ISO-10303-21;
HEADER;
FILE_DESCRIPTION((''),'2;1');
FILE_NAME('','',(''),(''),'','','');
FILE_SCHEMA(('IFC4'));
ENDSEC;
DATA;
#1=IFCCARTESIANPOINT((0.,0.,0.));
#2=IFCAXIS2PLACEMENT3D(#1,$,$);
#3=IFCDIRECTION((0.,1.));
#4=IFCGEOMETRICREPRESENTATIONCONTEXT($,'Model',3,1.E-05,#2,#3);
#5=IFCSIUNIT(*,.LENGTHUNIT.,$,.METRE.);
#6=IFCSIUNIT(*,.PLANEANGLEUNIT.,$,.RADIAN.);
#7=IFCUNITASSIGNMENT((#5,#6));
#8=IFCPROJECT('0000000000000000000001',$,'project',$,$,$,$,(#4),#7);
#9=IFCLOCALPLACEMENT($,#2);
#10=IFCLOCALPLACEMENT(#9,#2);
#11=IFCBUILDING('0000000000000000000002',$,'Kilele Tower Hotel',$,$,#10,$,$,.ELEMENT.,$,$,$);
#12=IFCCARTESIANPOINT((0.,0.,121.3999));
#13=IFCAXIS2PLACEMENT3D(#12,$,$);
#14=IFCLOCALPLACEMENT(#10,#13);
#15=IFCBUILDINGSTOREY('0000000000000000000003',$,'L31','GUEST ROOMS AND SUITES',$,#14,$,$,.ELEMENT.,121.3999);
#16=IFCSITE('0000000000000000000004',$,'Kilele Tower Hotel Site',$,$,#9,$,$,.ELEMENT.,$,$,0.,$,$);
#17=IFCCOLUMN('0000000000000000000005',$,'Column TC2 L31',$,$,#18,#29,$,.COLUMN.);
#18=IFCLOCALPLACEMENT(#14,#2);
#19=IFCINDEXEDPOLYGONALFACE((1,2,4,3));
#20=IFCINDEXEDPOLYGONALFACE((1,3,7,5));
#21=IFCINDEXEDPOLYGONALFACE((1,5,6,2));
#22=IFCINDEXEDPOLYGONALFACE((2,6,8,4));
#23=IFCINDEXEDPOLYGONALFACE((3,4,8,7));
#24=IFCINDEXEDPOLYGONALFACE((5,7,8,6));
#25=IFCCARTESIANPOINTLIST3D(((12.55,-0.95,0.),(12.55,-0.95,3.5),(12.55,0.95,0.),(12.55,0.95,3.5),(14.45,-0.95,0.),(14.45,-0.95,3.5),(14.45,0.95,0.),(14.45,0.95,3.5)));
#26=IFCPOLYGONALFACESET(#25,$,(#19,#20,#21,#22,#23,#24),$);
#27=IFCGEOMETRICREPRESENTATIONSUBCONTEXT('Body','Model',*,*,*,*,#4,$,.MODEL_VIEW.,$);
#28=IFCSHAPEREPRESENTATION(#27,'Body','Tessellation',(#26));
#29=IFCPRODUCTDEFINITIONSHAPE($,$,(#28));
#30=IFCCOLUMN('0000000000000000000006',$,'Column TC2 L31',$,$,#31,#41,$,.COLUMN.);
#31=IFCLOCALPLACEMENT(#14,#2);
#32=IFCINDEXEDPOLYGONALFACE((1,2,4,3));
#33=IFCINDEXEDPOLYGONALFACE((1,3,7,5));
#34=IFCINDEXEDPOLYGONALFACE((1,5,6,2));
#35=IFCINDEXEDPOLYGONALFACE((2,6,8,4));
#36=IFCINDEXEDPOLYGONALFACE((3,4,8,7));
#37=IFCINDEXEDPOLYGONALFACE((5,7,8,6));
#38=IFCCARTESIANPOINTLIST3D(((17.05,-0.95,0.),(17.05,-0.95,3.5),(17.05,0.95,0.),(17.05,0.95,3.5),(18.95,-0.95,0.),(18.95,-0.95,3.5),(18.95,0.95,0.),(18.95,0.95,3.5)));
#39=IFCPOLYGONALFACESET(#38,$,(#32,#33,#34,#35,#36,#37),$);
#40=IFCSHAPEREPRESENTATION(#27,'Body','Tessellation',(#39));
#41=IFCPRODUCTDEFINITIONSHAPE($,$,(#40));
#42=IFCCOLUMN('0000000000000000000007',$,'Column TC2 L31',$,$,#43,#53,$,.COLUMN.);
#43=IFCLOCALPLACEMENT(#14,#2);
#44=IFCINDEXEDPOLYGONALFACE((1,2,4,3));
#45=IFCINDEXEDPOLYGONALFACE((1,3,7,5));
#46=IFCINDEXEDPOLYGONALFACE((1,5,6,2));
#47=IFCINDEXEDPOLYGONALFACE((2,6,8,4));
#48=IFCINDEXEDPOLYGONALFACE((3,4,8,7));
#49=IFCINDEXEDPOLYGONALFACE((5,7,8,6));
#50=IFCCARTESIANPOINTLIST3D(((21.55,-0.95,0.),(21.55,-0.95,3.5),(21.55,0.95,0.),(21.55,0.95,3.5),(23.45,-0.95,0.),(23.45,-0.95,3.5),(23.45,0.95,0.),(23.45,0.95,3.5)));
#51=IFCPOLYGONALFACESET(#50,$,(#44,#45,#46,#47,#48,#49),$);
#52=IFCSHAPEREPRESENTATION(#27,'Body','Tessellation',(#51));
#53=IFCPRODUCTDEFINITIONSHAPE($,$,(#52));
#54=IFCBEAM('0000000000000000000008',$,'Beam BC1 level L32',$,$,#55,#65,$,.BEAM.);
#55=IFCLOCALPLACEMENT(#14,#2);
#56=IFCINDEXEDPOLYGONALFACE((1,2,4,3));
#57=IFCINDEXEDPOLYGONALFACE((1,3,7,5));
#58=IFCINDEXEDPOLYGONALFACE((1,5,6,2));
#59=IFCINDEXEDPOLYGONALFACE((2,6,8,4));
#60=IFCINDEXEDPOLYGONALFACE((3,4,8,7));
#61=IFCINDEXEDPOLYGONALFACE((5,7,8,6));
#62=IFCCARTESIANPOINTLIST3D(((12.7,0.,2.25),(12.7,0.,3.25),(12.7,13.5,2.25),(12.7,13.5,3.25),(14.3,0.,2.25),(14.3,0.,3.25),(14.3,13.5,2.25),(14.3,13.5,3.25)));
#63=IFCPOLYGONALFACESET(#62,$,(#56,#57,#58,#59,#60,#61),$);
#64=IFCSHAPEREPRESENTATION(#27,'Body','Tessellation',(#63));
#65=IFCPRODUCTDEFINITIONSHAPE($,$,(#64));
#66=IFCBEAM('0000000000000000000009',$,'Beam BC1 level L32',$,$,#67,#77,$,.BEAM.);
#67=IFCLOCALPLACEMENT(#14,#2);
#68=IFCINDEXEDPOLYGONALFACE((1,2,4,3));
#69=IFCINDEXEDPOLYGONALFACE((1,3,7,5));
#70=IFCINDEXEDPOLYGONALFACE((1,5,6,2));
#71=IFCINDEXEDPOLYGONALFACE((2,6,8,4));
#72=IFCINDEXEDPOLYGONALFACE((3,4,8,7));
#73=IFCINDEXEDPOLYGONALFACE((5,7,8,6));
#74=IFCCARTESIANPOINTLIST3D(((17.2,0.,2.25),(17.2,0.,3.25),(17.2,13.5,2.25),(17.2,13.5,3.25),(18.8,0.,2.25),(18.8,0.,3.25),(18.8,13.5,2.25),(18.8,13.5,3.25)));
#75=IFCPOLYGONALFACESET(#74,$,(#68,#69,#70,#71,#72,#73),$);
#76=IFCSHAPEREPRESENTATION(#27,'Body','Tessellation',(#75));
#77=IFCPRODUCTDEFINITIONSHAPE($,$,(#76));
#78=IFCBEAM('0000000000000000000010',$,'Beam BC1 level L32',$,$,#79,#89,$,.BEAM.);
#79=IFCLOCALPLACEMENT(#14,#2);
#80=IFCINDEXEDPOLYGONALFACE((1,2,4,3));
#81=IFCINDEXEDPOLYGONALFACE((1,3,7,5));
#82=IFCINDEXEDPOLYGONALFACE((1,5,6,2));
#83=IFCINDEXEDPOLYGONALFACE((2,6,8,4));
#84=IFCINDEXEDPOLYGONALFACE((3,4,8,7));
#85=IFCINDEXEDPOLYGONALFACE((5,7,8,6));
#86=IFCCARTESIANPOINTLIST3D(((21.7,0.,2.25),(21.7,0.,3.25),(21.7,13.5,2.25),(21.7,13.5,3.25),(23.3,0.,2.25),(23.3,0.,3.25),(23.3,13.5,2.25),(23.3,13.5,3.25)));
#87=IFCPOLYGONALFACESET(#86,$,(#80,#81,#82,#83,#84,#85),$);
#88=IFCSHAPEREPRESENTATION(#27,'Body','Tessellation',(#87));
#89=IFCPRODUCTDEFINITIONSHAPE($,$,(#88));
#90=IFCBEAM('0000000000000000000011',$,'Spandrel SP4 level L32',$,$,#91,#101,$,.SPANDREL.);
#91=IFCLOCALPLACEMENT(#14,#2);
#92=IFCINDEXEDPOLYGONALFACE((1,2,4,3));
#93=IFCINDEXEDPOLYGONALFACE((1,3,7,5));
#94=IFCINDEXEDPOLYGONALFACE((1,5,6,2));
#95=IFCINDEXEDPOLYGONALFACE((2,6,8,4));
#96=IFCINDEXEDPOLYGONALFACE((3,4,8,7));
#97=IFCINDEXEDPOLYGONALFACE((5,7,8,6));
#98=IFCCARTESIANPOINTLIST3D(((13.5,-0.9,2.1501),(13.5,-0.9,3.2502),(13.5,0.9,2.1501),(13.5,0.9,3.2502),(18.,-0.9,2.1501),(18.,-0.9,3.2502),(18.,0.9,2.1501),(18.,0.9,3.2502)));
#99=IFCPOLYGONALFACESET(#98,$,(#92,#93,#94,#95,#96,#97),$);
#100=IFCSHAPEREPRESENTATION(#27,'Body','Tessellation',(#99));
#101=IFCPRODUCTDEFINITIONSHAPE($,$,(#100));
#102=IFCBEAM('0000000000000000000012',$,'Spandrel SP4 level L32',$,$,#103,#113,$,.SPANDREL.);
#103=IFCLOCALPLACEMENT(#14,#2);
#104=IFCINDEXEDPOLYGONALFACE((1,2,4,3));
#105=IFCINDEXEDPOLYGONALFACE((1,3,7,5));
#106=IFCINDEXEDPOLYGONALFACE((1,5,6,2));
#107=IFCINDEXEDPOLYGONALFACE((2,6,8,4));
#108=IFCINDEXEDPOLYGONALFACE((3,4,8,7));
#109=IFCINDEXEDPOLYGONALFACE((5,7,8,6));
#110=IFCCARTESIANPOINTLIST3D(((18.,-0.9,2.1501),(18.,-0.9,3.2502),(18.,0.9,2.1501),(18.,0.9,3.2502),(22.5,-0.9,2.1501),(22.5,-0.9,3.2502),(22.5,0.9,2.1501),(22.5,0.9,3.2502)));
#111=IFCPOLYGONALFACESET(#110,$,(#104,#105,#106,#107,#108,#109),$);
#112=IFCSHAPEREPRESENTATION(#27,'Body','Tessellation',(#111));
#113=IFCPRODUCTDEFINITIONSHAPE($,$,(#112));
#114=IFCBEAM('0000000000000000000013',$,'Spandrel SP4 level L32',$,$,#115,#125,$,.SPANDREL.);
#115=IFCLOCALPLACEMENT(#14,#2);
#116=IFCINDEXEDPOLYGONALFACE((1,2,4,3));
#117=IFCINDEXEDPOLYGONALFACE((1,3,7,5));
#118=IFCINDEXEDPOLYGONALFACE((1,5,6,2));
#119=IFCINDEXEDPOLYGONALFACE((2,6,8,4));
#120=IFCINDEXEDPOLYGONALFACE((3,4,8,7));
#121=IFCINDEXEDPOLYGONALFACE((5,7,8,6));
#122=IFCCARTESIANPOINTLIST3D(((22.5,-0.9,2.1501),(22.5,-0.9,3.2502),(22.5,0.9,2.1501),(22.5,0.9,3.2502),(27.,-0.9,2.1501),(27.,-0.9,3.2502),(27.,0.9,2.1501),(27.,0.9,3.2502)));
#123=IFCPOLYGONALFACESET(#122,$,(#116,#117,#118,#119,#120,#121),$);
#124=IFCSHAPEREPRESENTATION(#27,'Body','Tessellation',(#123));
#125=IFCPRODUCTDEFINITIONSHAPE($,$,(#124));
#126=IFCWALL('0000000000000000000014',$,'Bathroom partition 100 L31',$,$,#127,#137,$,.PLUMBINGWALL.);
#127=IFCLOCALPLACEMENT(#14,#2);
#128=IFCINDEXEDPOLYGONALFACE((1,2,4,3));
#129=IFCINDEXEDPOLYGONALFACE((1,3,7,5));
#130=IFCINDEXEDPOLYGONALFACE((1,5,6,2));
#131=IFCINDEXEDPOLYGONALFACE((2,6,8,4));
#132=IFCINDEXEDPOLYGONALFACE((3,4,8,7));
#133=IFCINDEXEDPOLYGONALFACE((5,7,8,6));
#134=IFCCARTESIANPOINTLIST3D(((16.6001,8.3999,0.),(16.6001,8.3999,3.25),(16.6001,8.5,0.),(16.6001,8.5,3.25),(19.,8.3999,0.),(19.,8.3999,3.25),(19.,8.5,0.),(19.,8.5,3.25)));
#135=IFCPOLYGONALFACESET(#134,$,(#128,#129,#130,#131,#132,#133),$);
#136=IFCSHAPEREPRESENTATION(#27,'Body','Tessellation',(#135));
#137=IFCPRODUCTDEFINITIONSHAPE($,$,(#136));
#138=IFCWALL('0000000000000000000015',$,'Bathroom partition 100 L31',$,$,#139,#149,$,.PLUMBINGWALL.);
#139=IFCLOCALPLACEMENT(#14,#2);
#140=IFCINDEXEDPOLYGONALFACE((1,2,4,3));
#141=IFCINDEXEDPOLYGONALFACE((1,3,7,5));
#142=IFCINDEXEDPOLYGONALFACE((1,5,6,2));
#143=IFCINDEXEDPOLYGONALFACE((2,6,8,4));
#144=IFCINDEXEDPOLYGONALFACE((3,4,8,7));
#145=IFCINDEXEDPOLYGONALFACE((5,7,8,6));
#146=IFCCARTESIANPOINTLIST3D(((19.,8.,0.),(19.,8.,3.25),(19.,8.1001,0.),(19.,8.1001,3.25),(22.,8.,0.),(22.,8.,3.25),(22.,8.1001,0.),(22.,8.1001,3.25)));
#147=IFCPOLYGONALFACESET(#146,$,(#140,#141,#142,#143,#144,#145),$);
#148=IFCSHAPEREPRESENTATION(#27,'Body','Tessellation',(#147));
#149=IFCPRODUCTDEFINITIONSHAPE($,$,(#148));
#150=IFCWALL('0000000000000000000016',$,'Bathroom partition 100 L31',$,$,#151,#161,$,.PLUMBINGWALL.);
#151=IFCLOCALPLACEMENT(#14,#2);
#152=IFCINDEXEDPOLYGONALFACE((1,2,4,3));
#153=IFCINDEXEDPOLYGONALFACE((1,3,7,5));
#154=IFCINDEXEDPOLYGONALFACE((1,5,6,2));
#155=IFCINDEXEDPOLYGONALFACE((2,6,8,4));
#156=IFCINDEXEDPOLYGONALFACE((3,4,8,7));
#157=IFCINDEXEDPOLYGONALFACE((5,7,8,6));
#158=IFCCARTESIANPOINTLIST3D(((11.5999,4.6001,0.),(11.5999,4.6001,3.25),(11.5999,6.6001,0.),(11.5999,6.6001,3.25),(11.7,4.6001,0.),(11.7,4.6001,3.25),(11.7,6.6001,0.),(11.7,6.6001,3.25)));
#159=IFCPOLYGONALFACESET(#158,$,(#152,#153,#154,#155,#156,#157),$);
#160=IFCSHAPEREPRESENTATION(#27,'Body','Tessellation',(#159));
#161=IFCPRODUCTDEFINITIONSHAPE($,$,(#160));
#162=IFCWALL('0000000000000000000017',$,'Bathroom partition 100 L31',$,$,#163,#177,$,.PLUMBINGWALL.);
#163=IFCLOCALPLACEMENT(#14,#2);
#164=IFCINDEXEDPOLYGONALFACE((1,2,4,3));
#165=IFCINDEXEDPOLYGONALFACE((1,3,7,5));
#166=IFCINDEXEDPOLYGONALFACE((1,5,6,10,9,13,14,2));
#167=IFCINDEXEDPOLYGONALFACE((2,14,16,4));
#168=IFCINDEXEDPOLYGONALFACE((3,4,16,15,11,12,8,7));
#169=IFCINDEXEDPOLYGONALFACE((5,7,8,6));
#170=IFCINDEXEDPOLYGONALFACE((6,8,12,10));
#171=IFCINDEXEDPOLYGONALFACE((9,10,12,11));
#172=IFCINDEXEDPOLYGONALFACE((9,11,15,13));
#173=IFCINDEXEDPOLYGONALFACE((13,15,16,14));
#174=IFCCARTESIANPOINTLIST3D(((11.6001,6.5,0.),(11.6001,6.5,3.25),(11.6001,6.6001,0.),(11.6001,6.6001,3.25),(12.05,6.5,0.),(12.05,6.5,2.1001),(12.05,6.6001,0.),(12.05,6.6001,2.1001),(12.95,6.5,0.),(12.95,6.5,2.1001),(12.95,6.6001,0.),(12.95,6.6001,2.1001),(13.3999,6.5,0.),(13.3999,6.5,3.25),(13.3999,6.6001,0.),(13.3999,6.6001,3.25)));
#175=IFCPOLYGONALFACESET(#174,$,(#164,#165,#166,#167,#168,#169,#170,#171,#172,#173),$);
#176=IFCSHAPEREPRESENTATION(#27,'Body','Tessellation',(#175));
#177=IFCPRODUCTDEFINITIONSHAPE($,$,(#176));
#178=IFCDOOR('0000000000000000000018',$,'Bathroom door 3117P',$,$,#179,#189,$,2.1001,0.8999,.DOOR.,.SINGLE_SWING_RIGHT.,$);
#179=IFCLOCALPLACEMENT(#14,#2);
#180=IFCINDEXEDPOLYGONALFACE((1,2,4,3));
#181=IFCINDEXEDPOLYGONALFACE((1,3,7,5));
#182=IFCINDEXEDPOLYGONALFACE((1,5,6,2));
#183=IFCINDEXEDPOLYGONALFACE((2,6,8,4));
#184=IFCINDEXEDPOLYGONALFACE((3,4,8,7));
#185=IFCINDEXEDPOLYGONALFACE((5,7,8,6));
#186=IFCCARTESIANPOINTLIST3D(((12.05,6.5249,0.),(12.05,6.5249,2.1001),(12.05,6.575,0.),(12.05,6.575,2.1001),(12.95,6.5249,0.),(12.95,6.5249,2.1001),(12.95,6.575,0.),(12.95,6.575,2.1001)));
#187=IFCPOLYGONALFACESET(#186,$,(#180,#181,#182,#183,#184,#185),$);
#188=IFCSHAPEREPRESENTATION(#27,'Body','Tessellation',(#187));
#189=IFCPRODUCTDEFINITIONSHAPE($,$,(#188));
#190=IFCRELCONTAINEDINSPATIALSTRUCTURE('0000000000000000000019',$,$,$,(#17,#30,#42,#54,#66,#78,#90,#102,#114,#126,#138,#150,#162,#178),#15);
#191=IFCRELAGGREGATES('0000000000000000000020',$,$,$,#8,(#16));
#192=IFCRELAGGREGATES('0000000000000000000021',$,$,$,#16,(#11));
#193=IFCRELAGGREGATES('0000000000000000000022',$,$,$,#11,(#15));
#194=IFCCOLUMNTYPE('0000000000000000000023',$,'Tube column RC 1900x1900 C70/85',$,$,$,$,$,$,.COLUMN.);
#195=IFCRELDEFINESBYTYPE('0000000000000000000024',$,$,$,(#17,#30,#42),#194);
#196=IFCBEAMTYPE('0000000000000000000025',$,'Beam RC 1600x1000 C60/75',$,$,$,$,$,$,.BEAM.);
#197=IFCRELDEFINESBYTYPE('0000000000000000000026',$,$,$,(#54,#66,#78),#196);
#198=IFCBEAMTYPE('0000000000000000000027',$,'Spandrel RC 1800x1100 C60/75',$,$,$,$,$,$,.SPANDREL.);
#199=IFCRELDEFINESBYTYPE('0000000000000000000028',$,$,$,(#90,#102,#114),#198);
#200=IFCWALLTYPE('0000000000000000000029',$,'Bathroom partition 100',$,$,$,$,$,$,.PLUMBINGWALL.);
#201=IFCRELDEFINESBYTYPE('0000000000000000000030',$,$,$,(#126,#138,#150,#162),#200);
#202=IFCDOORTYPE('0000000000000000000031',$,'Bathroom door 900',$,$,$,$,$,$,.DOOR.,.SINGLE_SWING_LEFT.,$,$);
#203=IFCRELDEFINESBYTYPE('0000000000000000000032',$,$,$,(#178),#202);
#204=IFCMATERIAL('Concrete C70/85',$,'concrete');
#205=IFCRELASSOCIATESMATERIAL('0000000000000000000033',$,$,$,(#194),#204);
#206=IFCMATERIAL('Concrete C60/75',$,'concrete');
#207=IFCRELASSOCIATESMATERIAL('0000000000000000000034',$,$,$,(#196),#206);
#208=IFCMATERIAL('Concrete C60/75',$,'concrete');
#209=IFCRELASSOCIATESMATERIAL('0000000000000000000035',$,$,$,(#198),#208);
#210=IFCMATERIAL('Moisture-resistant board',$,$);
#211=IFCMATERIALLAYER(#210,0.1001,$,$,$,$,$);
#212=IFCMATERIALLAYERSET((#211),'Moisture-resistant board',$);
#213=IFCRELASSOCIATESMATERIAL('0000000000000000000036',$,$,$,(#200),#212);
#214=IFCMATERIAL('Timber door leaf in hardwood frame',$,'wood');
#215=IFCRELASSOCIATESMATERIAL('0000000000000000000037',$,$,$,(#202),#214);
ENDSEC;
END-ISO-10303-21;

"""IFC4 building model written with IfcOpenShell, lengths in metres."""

from ifc_helpers import new_model, si_unit, direction, frame, frame_2d, origin, origin_2d, place, context, subcontext, project, spatial, rectangle, extrude, material, layer, layer_set, material_profile, profile_set, type_object, element, fill, save


model = new_model("IFC4")

# Units and contexts
model_context = context("Model", 3, precision=1e-05, world=origin(), true_north=direction((0.0, 1.0)))
body_context = subcontext(model_context, "Body", "Model", "MODEL_VIEW")
ifc_project = project(units=[si_unit("LENGTHUNIT", "METRE"), si_unit("PLANEANGLEUNIT", "RADIAN")], contexts=[model_context])

# Site, building, storey
site_placement = place(None, origin())
site = spatial("IfcSite", under=ifc_project, at=site_placement, Name="Kilele Tower Hotel Site", CompositionType="ELEMENT", RefElevation=0.0)
building_placement = place(site_placement, origin())
building = spatial("IfcBuilding", under=site, at=building_placement, Name="Kilele Tower Hotel", CompositionType="ELEMENT")
storey_placement = place(building_placement, frame((0.0, 0.0, 121.3999)))
storey = spatial("IfcBuildingStorey", under=building, at=storey_placement, Name="L31", Description="GUEST ROOMS AND SUITES", CompositionType="ELEMENT", Elevation=121.3999)

# Columns
ifc_material_1 = material(Name="Concrete C70/85", Category="concrete")
ifc_material_profile_1 = material_profile(ifc_material_1, rectangle(XDim=1.8999, YDim=1.8999, at=origin_2d()))
ifc_profile_set_1 = profile_set([ifc_material_profile_1], Name="Concrete C70/85")
column_type = type_object("IfcColumnType", Name="Tube column RC 1900x1900 C70/85", PredefinedType="COLUMN", material=ifc_profile_set_1)
for number, where, z_axis, x_axis, name in (
    (1, (13.5, 0.0, 0.0), (0.0, 0.0, 1.0), (1.0, 0.0, 0.0), "Column TC2 L31"),
    (2, (18.0, 0.0, 0.0), (0.0, 0.0, 1.0), (1.0, 0.0, 0.0), "Column TC2 L31"),
    (3, (22.5, 0.0, 0.0), (0.0, 0.0, 1.0), (1.0, 0.0, 0.0), "Column TC2 L31"),
):
    element("IfcColumn", number, at=place(storey_placement, frame(where, z_axis=z_axis, x_axis=x_axis)), inside=storey, type_object=column_type, Name=name, PredefinedType="COLUMN", context=body_context, shape_type="SweptSolid", body=[
        extrude(rectangle(XDim=1.8999, YDim=1.8999, at=origin_2d()), origin(), (0.0, 0.0, 1.0), 3.5),
    ])

# Beams
ifc_material_2 = material(Name="Concrete C60/75", Category="concrete")
ifc_material_profile_2 = material_profile(ifc_material_2, rectangle(XDim=1.6001, YDim=1.0, at=origin_2d()))
ifc_profile_set_2 = profile_set([ifc_material_profile_2], Name="Concrete C60/75")
beam_type_1 = type_object("IfcBeamType", Name="Beam RC 1600x1000 C60/75", PredefinedType="BEAM", material=ifc_profile_set_2)
for number, where, z_axis, x_axis, name in (
    (4, (13.5, 0.0, 2.75), (0.0, 1.0, 0.0), (-1.0, 0.0, 0.0), "Beam BC1 level L32"),
    (5, (18.0, 0.0, 2.75), (0.0, 1.0, 0.0), (-1.0, 0.0, 0.0), "Beam BC1 level L32"),
    (6, (22.5, 0.0, 2.75), (0.0, 1.0, 0.0), (-1.0, 0.0, 0.0), "Beam BC1 level L32"),
):
    element("IfcBeam", number, at=place(storey_placement, frame(where, z_axis=z_axis, x_axis=x_axis)), inside=storey, type_object=beam_type_1, Name=name, PredefinedType="BEAM", context=body_context, shape_type="SweptSolid", body=[
        extrude(rectangle(XDim=1.6001, YDim=1.0, at=origin_2d()), origin(), (0.0, 0.0, 1.0), 13.5),
    ])
ifc_material_3 = material(Name="Concrete C60/75", Category="concrete")
ifc_material_profile_3 = material_profile(ifc_material_3, rectangle(XDim=1.8, YDim=1.1001, at=origin_2d()))
ifc_profile_set_3 = profile_set([ifc_material_profile_3], Name="Concrete C60/75")
beam_type_2 = type_object("IfcBeamType", Name="Spandrel RC 1800x1100 C60/75", PredefinedType="SPANDREL", material=ifc_profile_set_3)
for number, where, z_axis, x_axis, name in (
    (7, (13.5, 0.0, 2.7002), (1.0, 0.0, 0.0), (0.0, 1.0, 0.0), "Spandrel SP4 level L32"),
    (8, (18.0, 0.0, 2.7002), (1.0, 0.0, 0.0), (0.0, 1.0, 0.0), "Spandrel SP4 level L32"),
    (9, (22.5, 0.0, 2.7002), (1.0, 0.0, 0.0), (0.0, 1.0, 0.0), "Spandrel SP4 level L32"),
):
    element("IfcBeam", number, at=place(storey_placement, frame(where, z_axis=z_axis, x_axis=x_axis)), inside=storey, type_object=beam_type_2, Name=name, PredefinedType="SPANDREL", context=body_context, shape_type="SweptSolid", body=[
        extrude(rectangle(XDim=1.8, YDim=1.1001, at=origin_2d()), origin(), (0.0, 0.0, 1.0), 4.5),
    ])

# Walls
ifc_material_4 = material(Name="Moisture-resistant board")
ifc_layer_1 = layer(ifc_material_4, 0.1001)
ifc_layer_set_1 = layer_set([ifc_layer_1], Name="Moisture-resistant board")
wall_type_1 = type_object("IfcWallType", Name="Bathroom partition 100", PredefinedType="PLUMBINGWALL", material=ifc_layer_set_1)
wall_1_placement = place(storey_placement, frame((16.6001, 8.45, 0.0), z_axis=(0.0, 0.0, 1.0), x_axis=(1.0, 0.0, 0.0)))
element("IfcWall", 10, at=wall_1_placement, inside=storey, type_object=wall_type_1, Name="Bathroom partition 100 L31", PredefinedType="PLUMBINGWALL", context=body_context, shape_type="SweptSolid", body=[
    extrude(rectangle(XDim=2.3999, YDim=0.1001, at=frame_2d((1.2, 0.0))), origin(), (0.0, 0.0, 1.0), 3.25),
])
wall_2_placement = place(storey_placement, frame((19.0, 8.05, 0.0), z_axis=(0.0, 0.0, 1.0), x_axis=(1.0, 0.0, 0.0)))
element("IfcWall", 11, at=wall_2_placement, inside=storey, type_object=wall_type_1, Name="Bathroom partition 100 L31", PredefinedType="PLUMBINGWALL", context=body_context, shape_type="SweptSolid", body=[
    extrude(rectangle(XDim=3.0, YDim=0.1001, at=frame_2d((1.5, 0.0))), origin(), (0.0, 0.0, 1.0), 3.25),
])
wall_3_placement = place(storey_placement, frame((11.6499, 4.6001, 0.0), z_axis=(0.0, 0.0, 1.0), x_axis=(0.0, 1.0, 0.0)))
element("IfcWall", 12, at=wall_3_placement, inside=storey, type_object=wall_type_1, Name="Bathroom partition 100 L31", PredefinedType="PLUMBINGWALL", context=body_context, shape_type="SweptSolid", body=[
    extrude(rectangle(XDim=2.0, YDim=0.1001, at=frame_2d((1.0, 0.0))), origin(), (0.0, 0.0, 1.0), 3.25),
])

# Wall, opening, door
wall_4_placement = place(storey_placement, frame((13.3999, 6.55, 0.0), z_axis=(0.0, 0.0, 1.0), x_axis=(-1.0, 0.0, 0.0)))
wall_4 = element("IfcWall", 13, at=wall_4_placement, inside=storey, type_object=wall_type_1, Name="Bathroom partition 100 L31", PredefinedType="PLUMBINGWALL", context=body_context, shape_type="SweptSolid", body=[
    extrude(rectangle(XDim=1.7998, YDim=0.1001, at=frame_2d((0.8999, 0.0))), origin(), (0.0, 0.0, 1.0), 3.25),
])
opening_1_placement = place(wall_4_placement, frame((1.3499, 0.0, 0.0), z_axis=(0.0, 0.0, 1.0), x_axis=(-1.0, 0.0, 0.0)))
opening_1 = element("IfcOpeningElement", 14, at=opening_1_placement, cuts=wall_4, PredefinedType="OPENING", context=body_context, shape_type="SweptSolid", body=[
    extrude(rectangle(XDim=0.8999, YDim=2.1001, at=frame_2d((0.45, 1.05))), frame((0.0, 0.0601, 0.0), z_axis=(0.0, -1.0, 0.0), x_axis=(1.0, 0.0, 0.0)), (0.0, 0.0, 1.0), 0.1201),
])
ifc_material_5 = material(Name="Timber door leaf in hardwood frame", Category="wood")
door_type_1 = type_object("IfcDoorType", Name="Bathroom door 900", OperationType="SINGLE_SWING_LEFT", PredefinedType="DOOR", material=ifc_material_5)
door_1_placement = place(opening_1_placement, origin())
door_1 = element("IfcDoor", 15, at=door_1_placement, inside=storey, type_object=door_type_1, Name="Bathroom door 3117P", OperationType="SINGLE_SWING_RIGHT", OverallHeight=2.1001, OverallWidth=0.8999, PredefinedType="DOOR", context=body_context, shape_type="SweptSolid", body=[
    extrude(rectangle(XDim=0.8999, YDim=2.1001, at=frame_2d((0.45, 1.05))), frame((0.0, 0.0249, 0.0), z_axis=(0.0, -1.0, 0.0), x_axis=(1.0, 0.0, 0.0)), (0.0, 0.0, 1.0), 0.05),
])
fill(opening_1, door_1)

save(model, "model.ifc")
